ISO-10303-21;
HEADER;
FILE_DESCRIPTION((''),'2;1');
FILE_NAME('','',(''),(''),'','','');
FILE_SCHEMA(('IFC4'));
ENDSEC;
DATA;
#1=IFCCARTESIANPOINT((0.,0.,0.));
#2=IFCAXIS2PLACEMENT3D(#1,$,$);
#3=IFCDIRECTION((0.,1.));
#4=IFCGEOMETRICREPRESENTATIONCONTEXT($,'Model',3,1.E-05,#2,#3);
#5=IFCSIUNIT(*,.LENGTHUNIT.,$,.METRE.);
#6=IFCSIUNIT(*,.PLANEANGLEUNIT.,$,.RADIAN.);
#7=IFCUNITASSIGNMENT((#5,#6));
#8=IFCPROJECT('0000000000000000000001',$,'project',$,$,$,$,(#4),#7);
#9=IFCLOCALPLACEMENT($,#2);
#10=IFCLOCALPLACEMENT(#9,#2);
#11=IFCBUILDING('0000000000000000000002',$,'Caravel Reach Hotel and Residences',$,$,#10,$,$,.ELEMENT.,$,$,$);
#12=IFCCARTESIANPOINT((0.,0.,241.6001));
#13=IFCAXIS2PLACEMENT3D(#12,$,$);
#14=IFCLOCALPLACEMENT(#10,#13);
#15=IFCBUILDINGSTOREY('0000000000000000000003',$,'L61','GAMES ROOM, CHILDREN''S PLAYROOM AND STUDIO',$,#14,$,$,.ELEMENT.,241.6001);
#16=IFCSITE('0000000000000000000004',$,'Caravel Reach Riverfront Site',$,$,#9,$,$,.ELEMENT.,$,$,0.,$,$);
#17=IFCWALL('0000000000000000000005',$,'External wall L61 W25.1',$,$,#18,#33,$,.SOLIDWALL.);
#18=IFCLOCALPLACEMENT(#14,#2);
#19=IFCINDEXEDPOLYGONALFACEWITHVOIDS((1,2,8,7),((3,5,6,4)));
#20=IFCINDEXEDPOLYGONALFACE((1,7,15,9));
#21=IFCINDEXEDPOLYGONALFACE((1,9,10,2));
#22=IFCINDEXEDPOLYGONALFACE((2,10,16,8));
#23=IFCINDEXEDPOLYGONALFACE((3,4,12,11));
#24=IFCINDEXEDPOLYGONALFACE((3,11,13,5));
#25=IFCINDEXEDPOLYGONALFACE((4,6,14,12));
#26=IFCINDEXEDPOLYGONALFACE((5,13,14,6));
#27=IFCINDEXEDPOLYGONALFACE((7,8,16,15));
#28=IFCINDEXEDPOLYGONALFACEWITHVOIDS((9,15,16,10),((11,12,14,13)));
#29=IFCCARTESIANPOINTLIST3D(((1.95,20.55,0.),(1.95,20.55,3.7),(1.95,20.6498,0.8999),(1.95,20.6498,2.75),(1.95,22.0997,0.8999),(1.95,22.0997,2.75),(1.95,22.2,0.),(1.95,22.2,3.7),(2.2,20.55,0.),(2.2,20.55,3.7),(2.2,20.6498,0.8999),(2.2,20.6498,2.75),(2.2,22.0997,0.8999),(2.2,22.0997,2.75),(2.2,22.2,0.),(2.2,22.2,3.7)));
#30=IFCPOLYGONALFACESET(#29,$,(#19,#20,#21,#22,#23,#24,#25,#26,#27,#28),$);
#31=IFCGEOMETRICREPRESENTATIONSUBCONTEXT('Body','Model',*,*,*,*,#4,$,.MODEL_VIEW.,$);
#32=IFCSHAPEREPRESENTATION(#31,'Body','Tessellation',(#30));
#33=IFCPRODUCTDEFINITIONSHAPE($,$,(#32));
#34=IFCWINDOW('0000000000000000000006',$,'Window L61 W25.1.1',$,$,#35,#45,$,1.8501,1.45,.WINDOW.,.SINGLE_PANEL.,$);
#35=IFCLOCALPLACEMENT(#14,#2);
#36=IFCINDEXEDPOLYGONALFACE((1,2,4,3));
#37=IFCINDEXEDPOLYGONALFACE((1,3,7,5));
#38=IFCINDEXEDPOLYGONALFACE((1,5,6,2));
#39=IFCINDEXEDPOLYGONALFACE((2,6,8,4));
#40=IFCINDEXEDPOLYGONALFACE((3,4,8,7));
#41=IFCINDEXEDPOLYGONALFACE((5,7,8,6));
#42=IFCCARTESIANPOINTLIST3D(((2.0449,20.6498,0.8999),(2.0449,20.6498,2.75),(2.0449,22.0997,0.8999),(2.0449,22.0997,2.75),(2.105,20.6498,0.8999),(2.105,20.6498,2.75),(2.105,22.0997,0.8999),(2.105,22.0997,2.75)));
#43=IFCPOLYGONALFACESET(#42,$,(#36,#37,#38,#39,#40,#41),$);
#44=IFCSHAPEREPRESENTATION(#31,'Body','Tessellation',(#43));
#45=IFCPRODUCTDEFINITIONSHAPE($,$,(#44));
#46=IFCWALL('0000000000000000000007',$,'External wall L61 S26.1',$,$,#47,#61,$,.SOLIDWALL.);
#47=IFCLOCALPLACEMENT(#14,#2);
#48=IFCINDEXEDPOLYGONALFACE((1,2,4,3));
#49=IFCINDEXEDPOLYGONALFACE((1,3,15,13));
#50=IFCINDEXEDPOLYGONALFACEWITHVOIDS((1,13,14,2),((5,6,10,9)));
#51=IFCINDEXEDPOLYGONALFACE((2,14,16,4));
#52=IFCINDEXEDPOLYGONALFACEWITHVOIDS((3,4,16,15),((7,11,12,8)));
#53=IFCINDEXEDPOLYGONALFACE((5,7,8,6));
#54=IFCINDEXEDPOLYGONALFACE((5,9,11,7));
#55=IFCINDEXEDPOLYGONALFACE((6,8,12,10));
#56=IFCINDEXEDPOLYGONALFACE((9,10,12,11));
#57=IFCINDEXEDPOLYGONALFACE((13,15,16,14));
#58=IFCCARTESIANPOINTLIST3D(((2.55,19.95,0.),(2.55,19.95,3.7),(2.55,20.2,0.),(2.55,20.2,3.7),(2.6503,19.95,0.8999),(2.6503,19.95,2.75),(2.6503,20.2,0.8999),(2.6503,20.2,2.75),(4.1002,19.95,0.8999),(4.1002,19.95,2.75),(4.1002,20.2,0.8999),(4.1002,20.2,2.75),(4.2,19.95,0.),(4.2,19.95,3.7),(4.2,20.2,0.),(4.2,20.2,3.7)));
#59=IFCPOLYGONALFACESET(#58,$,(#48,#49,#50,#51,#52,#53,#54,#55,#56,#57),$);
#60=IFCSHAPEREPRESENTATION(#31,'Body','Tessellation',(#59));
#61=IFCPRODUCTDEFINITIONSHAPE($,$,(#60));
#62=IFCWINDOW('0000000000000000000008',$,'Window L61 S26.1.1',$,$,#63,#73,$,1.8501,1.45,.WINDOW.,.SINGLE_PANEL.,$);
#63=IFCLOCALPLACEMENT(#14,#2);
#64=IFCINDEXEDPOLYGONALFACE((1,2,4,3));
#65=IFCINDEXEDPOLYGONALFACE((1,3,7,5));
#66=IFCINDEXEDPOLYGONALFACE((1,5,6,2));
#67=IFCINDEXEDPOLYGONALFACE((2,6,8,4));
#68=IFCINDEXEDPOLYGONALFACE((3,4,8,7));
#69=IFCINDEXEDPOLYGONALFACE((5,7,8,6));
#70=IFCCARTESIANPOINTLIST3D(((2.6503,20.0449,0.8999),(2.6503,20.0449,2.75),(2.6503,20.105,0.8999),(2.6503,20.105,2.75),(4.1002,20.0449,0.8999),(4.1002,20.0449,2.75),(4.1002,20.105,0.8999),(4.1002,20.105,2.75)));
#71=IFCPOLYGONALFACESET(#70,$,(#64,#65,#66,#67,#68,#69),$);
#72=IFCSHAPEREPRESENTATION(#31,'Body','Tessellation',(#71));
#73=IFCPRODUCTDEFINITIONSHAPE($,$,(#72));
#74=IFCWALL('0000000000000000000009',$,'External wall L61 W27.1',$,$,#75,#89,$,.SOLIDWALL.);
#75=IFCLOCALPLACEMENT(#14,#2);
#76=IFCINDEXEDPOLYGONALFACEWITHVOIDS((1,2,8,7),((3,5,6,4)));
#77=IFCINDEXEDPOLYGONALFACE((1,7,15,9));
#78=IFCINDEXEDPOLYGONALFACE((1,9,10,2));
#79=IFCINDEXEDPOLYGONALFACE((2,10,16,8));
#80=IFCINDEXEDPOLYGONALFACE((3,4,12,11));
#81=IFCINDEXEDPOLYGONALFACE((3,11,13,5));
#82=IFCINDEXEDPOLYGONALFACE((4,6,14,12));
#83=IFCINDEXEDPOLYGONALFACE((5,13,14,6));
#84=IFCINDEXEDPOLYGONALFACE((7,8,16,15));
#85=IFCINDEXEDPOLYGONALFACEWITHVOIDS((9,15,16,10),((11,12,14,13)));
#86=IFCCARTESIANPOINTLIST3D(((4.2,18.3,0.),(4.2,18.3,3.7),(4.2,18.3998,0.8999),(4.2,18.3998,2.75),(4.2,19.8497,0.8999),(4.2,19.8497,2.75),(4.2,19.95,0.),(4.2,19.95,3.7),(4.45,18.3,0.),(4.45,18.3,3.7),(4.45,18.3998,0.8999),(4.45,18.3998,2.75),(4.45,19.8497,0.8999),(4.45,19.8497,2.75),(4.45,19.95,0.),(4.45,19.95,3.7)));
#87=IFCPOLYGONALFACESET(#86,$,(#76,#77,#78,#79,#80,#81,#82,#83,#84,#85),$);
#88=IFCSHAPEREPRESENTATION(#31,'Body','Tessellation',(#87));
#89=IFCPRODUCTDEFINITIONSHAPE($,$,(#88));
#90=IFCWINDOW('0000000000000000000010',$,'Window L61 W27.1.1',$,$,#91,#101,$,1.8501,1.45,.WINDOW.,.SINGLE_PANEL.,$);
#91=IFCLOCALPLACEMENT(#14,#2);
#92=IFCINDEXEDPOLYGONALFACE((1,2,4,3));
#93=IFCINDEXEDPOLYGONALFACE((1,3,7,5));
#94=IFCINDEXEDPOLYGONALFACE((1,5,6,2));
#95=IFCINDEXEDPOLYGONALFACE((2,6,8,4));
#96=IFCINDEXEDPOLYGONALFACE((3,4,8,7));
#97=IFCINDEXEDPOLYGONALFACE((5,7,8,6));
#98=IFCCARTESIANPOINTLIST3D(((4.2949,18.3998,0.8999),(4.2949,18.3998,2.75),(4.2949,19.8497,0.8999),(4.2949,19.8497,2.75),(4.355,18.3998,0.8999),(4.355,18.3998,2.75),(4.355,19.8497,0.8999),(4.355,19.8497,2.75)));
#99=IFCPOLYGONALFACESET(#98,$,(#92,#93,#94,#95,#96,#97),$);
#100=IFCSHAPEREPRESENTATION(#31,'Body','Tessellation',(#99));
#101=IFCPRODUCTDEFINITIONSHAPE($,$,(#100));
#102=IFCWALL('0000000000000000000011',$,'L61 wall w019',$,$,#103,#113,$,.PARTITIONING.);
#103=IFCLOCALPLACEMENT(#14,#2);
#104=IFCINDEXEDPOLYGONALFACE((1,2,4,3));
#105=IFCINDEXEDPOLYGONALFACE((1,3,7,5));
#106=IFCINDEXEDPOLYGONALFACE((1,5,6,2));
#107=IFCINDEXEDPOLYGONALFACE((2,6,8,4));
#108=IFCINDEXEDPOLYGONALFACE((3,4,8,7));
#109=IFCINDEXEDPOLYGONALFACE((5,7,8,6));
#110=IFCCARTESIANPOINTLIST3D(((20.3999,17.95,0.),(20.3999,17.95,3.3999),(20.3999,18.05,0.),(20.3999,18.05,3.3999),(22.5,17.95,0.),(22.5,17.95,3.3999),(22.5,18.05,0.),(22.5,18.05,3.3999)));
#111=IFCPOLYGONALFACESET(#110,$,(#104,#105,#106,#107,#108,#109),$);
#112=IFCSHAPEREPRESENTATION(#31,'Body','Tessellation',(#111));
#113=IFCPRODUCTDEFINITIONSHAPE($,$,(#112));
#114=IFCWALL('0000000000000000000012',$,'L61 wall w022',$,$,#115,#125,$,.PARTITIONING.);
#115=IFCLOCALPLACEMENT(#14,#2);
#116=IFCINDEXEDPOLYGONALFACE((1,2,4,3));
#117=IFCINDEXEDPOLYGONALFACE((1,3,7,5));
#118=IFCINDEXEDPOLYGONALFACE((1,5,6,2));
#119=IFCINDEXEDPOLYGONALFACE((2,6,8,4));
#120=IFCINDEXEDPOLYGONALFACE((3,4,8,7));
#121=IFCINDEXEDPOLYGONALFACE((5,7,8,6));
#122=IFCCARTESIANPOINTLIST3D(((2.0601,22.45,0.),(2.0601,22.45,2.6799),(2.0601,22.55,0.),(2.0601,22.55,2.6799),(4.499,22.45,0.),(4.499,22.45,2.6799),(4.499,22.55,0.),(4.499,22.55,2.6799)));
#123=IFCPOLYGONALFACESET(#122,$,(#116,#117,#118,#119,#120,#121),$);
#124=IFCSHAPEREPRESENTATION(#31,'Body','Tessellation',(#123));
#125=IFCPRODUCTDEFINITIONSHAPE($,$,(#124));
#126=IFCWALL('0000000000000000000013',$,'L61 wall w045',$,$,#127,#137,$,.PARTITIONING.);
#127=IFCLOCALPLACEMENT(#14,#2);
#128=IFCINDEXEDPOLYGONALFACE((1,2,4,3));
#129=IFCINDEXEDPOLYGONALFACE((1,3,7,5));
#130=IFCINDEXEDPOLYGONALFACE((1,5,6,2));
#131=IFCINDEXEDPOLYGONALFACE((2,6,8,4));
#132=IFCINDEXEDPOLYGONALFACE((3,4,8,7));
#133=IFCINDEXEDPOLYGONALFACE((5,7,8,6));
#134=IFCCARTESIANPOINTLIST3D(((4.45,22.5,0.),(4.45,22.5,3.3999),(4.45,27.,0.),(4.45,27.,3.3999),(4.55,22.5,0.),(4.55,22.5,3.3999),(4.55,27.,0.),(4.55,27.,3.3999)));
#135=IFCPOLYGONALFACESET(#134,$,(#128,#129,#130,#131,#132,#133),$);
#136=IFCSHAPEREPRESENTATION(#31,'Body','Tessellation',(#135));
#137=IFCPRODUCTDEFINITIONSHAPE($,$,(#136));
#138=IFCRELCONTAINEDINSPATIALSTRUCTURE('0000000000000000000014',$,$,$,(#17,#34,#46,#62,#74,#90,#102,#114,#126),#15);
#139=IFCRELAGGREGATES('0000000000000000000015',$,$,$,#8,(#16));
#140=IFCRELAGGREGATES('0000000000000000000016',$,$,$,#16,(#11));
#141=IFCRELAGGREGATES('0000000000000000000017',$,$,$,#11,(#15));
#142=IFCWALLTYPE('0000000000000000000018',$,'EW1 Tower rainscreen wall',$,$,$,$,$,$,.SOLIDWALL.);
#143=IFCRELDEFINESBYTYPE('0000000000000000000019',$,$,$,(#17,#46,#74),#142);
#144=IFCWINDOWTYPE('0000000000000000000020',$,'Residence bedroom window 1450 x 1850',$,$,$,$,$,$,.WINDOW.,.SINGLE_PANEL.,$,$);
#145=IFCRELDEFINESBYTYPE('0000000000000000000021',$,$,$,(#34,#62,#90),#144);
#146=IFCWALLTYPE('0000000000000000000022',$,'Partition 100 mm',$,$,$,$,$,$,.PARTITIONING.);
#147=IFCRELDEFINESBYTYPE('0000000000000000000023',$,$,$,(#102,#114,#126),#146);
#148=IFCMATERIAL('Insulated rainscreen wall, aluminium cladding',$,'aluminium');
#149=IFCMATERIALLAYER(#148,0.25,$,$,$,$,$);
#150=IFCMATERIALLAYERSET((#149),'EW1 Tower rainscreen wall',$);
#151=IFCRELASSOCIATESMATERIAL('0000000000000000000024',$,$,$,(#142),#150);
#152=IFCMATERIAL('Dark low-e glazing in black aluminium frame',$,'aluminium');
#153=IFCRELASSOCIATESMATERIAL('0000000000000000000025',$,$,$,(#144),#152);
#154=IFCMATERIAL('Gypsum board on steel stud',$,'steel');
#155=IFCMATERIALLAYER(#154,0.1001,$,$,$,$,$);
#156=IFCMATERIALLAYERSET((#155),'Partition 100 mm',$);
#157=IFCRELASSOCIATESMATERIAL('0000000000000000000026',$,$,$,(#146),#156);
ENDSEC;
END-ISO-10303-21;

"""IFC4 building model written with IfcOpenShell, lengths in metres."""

from ifc_helpers import new_model, si_unit, direction, frame, frame_2d, origin, place, context, subcontext, project, spatial, rectangle, extrude, material, layer, layer_set, type_object, element, fill, save


model = new_model("IFC4")

# Units and contexts
model_context = context("Model", 3, precision=1e-05, world=origin(), true_north=direction((0.0, 1.0)))
body_context = subcontext(model_context, "Body", "Model", "MODEL_VIEW")
ifc_project = project(units=[si_unit("LENGTHUNIT", "METRE"), si_unit("PLANEANGLEUNIT", "RADIAN")], contexts=[model_context])

# Site, building, storey
site_placement = place(None, origin())
site = spatial("IfcSite", under=ifc_project, at=site_placement, Name="Caravel Reach Riverfront Site", CompositionType="ELEMENT", RefElevation=0.0)
building_placement = place(site_placement, origin())
building = spatial("IfcBuilding", under=site, at=building_placement, Name="Caravel Reach Hotel and Residences", CompositionType="ELEMENT")
storey_placement = place(building_placement, frame((0.0, 0.0, 241.6001)))
storey = spatial("IfcBuildingStorey", under=building, at=storey_placement, Name="L61", Description="GAMES ROOM, CHILDREN'S PLAYROOM AND STUDIO", CompositionType="ELEMENT", Elevation=241.6001)

# Walls, openings, windows
ifc_material_1 = material(Name="Insulated rainscreen wall, aluminium cladding", Category="aluminium")
ifc_layer_1 = layer(ifc_material_1, 0.25)
ifc_layer_set_1 = layer_set([ifc_layer_1], Name="EW1 Tower rainscreen wall")
wall_type_1 = type_object("IfcWallType", Name="EW1 Tower rainscreen wall", PredefinedType="SOLIDWALL", material=ifc_layer_set_1)
ifc_material_2 = material(Name="Dark low-e glazing in black aluminium frame", Category="aluminium")
window_type = type_object("IfcWindowType", Name="Residence bedroom window 1450 x 1850", PartitioningType="SINGLE_PANEL", PredefinedType="WINDOW", material=ifc_material_2)
wall_1_placement = place(storey_placement, frame((2.075, 22.2, 0.0), z_axis=(0.0, 0.0, 1.0), x_axis=(0.0, -1.0, 0.0)))
wall_1 = element("IfcWall", 1, at=wall_1_placement, inside=storey, type_object=wall_type_1, Name="External wall L61 W25.1", PredefinedType="SOLIDWALL", context=body_context, shape_type="SweptSolid", body=[
    extrude(rectangle(XDim=1.6499, YDim=0.25, at=frame_2d((0.825, 0.0))), origin(), (0.0, 0.0, 1.0), 3.7),
])
opening_1_placement = place(wall_1_placement, frame((0.1001, 0.0, 0.8999)))
opening_1 = element("IfcOpeningElement", 2, at=opening_1_placement, cuts=wall_1, PredefinedType="OPENING", context=body_context, shape_type="SweptSolid", body=[
    extrude(rectangle(XDim=1.45, YDim=1.8501, at=frame_2d((0.7251, 0.925))), frame((0.0, 0.135, 0.0), z_axis=(0.0, -1.0, 0.0), x_axis=(1.0, 0.0, 0.0)), (0.0, 0.0, 1.0), 0.27),
])
window_1_placement = place(opening_1_placement, origin())
window_1 = element("IfcWindow", 3, at=window_1_placement, inside=storey, type_object=window_type, Name="Window L61 W25.1.1", OverallHeight=1.8501, OverallWidth=1.45, PartitioningType="SINGLE_PANEL", PredefinedType="WINDOW", context=body_context, shape_type="SweptSolid", body=[
    extrude(rectangle(XDim=1.45, YDim=1.8501, at=frame_2d((0.7251, 0.925))), frame((0.0, 0.03, 0.0), z_axis=(0.0, -1.0, 0.0), x_axis=(1.0, 0.0, 0.0)), (0.0, 0.0, 1.0), 0.0601),
])
fill(opening_1, window_1)
wall_2_placement = place(storey_placement, frame((2.55, 20.075, 0.0), z_axis=(0.0, 0.0, 1.0), x_axis=(1.0, 0.0, 0.0)))
wall_2 = element("IfcWall", 4, at=wall_2_placement, inside=storey, type_object=wall_type_1, Name="External wall L61 S26.1", PredefinedType="SOLIDWALL", context=body_context, shape_type="SweptSolid", body=[
    extrude(rectangle(XDim=1.6499, YDim=0.25, at=frame_2d((0.825, 0.0))), origin(), (0.0, 0.0, 1.0), 3.7),
])
opening_2_placement = place(wall_2_placement, frame((0.1001, 0.0, 0.8999)))
opening_2 = element("IfcOpeningElement", 5, at=opening_2_placement, cuts=wall_2, PredefinedType="OPENING", context=body_context, shape_type="SweptSolid", body=[
    extrude(rectangle(XDim=1.45, YDim=1.8501, at=frame_2d((0.7251, 0.925))), frame((0.0, 0.135, 0.0), z_axis=(0.0, -1.0, 0.0), x_axis=(1.0, 0.0, 0.0)), (0.0, 0.0, 1.0), 0.27),
])
window_2_placement = place(opening_2_placement, origin())
window_2 = element("IfcWindow", 6, at=window_2_placement, inside=storey, type_object=window_type, Name="Window L61 S26.1.1", OverallHeight=1.8501, OverallWidth=1.45, PartitioningType="SINGLE_PANEL", PredefinedType="WINDOW", context=body_context, shape_type="SweptSolid", body=[
    extrude(rectangle(XDim=1.45, YDim=1.8501, at=frame_2d((0.7251, 0.925))), frame((0.0, 0.03, 0.0), z_axis=(0.0, -1.0, 0.0), x_axis=(1.0, 0.0, 0.0)), (0.0, 0.0, 1.0), 0.0601),
])
fill(opening_2, window_2)
wall_3_placement = place(storey_placement, frame((4.325, 19.95, 0.0), z_axis=(0.0, 0.0, 1.0), x_axis=(0.0, -1.0, 0.0)))
wall_3 = element("IfcWall", 7, at=wall_3_placement, inside=storey, type_object=wall_type_1, Name="External wall L61 W27.1", PredefinedType="SOLIDWALL", context=body_context, shape_type="SweptSolid", body=[
    extrude(rectangle(XDim=1.6499, YDim=0.25, at=frame_2d((0.825, 0.0))), origin(), (0.0, 0.0, 1.0), 3.7),
])
opening_3_placement = place(wall_3_placement, frame((0.1001, 0.0, 0.8999)))
opening_3 = element("IfcOpeningElement", 8, at=opening_3_placement, cuts=wall_3, PredefinedType="OPENING", context=body_context, shape_type="SweptSolid", body=[
    extrude(rectangle(XDim=1.45, YDim=1.8501, at=frame_2d((0.7251, 0.925))), frame((0.0, 0.135, 0.0), z_axis=(0.0, -1.0, 0.0), x_axis=(1.0, 0.0, 0.0)), (0.0, 0.0, 1.0), 0.27),
])
window_3_placement = place(opening_3_placement, origin())
window_3 = element("IfcWindow", 9, at=window_3_placement, inside=storey, type_object=window_type, Name="Window L61 W27.1.1", OverallHeight=1.8501, OverallWidth=1.45, PartitioningType="SINGLE_PANEL", PredefinedType="WINDOW", context=body_context, shape_type="SweptSolid", body=[
    extrude(rectangle(XDim=1.45, YDim=1.8501, at=frame_2d((0.7251, 0.925))), frame((0.0, 0.03, 0.0), z_axis=(0.0, -1.0, 0.0), x_axis=(1.0, 0.0, 0.0)), (0.0, 0.0, 1.0), 0.0601),
])
fill(opening_3, window_3)

# Walls
ifc_material_3 = material(Name="Gypsum board on steel stud", Category="steel")
ifc_layer_2 = layer(ifc_material_3, 0.1001)
ifc_layer_set_2 = layer_set([ifc_layer_2], Name="Partition 100 mm")
wall_type_2 = type_object("IfcWallType", Name="Partition 100 mm", PredefinedType="PARTITIONING", material=ifc_layer_set_2)
wall_4_placement = place(storey_placement, frame((20.3999, 18.0, 0.0), z_axis=(0.0, 0.0, 1.0), x_axis=(1.0, 0.0, 0.0)))
element("IfcWall", 10, at=wall_4_placement, inside=storey, type_object=wall_type_2, Name="L61 wall w019", PredefinedType="PARTITIONING", context=body_context, shape_type="SweptSolid", body=[
    extrude(rectangle(XDim=2.1001, YDim=0.1001, at=frame_2d((1.05, 0.0))), origin(), (0.0, 0.0, 1.0), 3.3999),
])
wall_5_placement = place(storey_placement, frame((2.0601, 22.5, 0.0), z_axis=(0.0, 0.0, 1.0), x_axis=(1.0, 0.0, 0.0)))
element("IfcWall", 11, at=wall_5_placement, inside=storey, type_object=wall_type_2, Name="L61 wall w022", PredefinedType="PARTITIONING", context=body_context, shape_type="SweptSolid", body=[
    extrude(rectangle(XDim=2.439, YDim=0.1001, at=frame_2d((1.2195, 0.0))), origin(), (0.0, 0.0, 1.0), 2.6799),
])
wall_6_placement = place(storey_placement, frame((4.5, 22.5, 0.0), z_axis=(0.0, 0.0, 1.0), x_axis=(0.0, 1.0, 0.0)))
element("IfcWall", 12, at=wall_6_placement, inside=storey, type_object=wall_type_2, Name="L61 wall w045", PredefinedType="PARTITIONING", context=body_context, shape_type="SweptSolid", body=[
    extrude(rectangle(XDim=4.5, YDim=0.1001, at=frame_2d((2.25, 0.0))), origin(), (0.0, 0.0, 1.0), 3.3999),
])

save(model, "model.ifc")
